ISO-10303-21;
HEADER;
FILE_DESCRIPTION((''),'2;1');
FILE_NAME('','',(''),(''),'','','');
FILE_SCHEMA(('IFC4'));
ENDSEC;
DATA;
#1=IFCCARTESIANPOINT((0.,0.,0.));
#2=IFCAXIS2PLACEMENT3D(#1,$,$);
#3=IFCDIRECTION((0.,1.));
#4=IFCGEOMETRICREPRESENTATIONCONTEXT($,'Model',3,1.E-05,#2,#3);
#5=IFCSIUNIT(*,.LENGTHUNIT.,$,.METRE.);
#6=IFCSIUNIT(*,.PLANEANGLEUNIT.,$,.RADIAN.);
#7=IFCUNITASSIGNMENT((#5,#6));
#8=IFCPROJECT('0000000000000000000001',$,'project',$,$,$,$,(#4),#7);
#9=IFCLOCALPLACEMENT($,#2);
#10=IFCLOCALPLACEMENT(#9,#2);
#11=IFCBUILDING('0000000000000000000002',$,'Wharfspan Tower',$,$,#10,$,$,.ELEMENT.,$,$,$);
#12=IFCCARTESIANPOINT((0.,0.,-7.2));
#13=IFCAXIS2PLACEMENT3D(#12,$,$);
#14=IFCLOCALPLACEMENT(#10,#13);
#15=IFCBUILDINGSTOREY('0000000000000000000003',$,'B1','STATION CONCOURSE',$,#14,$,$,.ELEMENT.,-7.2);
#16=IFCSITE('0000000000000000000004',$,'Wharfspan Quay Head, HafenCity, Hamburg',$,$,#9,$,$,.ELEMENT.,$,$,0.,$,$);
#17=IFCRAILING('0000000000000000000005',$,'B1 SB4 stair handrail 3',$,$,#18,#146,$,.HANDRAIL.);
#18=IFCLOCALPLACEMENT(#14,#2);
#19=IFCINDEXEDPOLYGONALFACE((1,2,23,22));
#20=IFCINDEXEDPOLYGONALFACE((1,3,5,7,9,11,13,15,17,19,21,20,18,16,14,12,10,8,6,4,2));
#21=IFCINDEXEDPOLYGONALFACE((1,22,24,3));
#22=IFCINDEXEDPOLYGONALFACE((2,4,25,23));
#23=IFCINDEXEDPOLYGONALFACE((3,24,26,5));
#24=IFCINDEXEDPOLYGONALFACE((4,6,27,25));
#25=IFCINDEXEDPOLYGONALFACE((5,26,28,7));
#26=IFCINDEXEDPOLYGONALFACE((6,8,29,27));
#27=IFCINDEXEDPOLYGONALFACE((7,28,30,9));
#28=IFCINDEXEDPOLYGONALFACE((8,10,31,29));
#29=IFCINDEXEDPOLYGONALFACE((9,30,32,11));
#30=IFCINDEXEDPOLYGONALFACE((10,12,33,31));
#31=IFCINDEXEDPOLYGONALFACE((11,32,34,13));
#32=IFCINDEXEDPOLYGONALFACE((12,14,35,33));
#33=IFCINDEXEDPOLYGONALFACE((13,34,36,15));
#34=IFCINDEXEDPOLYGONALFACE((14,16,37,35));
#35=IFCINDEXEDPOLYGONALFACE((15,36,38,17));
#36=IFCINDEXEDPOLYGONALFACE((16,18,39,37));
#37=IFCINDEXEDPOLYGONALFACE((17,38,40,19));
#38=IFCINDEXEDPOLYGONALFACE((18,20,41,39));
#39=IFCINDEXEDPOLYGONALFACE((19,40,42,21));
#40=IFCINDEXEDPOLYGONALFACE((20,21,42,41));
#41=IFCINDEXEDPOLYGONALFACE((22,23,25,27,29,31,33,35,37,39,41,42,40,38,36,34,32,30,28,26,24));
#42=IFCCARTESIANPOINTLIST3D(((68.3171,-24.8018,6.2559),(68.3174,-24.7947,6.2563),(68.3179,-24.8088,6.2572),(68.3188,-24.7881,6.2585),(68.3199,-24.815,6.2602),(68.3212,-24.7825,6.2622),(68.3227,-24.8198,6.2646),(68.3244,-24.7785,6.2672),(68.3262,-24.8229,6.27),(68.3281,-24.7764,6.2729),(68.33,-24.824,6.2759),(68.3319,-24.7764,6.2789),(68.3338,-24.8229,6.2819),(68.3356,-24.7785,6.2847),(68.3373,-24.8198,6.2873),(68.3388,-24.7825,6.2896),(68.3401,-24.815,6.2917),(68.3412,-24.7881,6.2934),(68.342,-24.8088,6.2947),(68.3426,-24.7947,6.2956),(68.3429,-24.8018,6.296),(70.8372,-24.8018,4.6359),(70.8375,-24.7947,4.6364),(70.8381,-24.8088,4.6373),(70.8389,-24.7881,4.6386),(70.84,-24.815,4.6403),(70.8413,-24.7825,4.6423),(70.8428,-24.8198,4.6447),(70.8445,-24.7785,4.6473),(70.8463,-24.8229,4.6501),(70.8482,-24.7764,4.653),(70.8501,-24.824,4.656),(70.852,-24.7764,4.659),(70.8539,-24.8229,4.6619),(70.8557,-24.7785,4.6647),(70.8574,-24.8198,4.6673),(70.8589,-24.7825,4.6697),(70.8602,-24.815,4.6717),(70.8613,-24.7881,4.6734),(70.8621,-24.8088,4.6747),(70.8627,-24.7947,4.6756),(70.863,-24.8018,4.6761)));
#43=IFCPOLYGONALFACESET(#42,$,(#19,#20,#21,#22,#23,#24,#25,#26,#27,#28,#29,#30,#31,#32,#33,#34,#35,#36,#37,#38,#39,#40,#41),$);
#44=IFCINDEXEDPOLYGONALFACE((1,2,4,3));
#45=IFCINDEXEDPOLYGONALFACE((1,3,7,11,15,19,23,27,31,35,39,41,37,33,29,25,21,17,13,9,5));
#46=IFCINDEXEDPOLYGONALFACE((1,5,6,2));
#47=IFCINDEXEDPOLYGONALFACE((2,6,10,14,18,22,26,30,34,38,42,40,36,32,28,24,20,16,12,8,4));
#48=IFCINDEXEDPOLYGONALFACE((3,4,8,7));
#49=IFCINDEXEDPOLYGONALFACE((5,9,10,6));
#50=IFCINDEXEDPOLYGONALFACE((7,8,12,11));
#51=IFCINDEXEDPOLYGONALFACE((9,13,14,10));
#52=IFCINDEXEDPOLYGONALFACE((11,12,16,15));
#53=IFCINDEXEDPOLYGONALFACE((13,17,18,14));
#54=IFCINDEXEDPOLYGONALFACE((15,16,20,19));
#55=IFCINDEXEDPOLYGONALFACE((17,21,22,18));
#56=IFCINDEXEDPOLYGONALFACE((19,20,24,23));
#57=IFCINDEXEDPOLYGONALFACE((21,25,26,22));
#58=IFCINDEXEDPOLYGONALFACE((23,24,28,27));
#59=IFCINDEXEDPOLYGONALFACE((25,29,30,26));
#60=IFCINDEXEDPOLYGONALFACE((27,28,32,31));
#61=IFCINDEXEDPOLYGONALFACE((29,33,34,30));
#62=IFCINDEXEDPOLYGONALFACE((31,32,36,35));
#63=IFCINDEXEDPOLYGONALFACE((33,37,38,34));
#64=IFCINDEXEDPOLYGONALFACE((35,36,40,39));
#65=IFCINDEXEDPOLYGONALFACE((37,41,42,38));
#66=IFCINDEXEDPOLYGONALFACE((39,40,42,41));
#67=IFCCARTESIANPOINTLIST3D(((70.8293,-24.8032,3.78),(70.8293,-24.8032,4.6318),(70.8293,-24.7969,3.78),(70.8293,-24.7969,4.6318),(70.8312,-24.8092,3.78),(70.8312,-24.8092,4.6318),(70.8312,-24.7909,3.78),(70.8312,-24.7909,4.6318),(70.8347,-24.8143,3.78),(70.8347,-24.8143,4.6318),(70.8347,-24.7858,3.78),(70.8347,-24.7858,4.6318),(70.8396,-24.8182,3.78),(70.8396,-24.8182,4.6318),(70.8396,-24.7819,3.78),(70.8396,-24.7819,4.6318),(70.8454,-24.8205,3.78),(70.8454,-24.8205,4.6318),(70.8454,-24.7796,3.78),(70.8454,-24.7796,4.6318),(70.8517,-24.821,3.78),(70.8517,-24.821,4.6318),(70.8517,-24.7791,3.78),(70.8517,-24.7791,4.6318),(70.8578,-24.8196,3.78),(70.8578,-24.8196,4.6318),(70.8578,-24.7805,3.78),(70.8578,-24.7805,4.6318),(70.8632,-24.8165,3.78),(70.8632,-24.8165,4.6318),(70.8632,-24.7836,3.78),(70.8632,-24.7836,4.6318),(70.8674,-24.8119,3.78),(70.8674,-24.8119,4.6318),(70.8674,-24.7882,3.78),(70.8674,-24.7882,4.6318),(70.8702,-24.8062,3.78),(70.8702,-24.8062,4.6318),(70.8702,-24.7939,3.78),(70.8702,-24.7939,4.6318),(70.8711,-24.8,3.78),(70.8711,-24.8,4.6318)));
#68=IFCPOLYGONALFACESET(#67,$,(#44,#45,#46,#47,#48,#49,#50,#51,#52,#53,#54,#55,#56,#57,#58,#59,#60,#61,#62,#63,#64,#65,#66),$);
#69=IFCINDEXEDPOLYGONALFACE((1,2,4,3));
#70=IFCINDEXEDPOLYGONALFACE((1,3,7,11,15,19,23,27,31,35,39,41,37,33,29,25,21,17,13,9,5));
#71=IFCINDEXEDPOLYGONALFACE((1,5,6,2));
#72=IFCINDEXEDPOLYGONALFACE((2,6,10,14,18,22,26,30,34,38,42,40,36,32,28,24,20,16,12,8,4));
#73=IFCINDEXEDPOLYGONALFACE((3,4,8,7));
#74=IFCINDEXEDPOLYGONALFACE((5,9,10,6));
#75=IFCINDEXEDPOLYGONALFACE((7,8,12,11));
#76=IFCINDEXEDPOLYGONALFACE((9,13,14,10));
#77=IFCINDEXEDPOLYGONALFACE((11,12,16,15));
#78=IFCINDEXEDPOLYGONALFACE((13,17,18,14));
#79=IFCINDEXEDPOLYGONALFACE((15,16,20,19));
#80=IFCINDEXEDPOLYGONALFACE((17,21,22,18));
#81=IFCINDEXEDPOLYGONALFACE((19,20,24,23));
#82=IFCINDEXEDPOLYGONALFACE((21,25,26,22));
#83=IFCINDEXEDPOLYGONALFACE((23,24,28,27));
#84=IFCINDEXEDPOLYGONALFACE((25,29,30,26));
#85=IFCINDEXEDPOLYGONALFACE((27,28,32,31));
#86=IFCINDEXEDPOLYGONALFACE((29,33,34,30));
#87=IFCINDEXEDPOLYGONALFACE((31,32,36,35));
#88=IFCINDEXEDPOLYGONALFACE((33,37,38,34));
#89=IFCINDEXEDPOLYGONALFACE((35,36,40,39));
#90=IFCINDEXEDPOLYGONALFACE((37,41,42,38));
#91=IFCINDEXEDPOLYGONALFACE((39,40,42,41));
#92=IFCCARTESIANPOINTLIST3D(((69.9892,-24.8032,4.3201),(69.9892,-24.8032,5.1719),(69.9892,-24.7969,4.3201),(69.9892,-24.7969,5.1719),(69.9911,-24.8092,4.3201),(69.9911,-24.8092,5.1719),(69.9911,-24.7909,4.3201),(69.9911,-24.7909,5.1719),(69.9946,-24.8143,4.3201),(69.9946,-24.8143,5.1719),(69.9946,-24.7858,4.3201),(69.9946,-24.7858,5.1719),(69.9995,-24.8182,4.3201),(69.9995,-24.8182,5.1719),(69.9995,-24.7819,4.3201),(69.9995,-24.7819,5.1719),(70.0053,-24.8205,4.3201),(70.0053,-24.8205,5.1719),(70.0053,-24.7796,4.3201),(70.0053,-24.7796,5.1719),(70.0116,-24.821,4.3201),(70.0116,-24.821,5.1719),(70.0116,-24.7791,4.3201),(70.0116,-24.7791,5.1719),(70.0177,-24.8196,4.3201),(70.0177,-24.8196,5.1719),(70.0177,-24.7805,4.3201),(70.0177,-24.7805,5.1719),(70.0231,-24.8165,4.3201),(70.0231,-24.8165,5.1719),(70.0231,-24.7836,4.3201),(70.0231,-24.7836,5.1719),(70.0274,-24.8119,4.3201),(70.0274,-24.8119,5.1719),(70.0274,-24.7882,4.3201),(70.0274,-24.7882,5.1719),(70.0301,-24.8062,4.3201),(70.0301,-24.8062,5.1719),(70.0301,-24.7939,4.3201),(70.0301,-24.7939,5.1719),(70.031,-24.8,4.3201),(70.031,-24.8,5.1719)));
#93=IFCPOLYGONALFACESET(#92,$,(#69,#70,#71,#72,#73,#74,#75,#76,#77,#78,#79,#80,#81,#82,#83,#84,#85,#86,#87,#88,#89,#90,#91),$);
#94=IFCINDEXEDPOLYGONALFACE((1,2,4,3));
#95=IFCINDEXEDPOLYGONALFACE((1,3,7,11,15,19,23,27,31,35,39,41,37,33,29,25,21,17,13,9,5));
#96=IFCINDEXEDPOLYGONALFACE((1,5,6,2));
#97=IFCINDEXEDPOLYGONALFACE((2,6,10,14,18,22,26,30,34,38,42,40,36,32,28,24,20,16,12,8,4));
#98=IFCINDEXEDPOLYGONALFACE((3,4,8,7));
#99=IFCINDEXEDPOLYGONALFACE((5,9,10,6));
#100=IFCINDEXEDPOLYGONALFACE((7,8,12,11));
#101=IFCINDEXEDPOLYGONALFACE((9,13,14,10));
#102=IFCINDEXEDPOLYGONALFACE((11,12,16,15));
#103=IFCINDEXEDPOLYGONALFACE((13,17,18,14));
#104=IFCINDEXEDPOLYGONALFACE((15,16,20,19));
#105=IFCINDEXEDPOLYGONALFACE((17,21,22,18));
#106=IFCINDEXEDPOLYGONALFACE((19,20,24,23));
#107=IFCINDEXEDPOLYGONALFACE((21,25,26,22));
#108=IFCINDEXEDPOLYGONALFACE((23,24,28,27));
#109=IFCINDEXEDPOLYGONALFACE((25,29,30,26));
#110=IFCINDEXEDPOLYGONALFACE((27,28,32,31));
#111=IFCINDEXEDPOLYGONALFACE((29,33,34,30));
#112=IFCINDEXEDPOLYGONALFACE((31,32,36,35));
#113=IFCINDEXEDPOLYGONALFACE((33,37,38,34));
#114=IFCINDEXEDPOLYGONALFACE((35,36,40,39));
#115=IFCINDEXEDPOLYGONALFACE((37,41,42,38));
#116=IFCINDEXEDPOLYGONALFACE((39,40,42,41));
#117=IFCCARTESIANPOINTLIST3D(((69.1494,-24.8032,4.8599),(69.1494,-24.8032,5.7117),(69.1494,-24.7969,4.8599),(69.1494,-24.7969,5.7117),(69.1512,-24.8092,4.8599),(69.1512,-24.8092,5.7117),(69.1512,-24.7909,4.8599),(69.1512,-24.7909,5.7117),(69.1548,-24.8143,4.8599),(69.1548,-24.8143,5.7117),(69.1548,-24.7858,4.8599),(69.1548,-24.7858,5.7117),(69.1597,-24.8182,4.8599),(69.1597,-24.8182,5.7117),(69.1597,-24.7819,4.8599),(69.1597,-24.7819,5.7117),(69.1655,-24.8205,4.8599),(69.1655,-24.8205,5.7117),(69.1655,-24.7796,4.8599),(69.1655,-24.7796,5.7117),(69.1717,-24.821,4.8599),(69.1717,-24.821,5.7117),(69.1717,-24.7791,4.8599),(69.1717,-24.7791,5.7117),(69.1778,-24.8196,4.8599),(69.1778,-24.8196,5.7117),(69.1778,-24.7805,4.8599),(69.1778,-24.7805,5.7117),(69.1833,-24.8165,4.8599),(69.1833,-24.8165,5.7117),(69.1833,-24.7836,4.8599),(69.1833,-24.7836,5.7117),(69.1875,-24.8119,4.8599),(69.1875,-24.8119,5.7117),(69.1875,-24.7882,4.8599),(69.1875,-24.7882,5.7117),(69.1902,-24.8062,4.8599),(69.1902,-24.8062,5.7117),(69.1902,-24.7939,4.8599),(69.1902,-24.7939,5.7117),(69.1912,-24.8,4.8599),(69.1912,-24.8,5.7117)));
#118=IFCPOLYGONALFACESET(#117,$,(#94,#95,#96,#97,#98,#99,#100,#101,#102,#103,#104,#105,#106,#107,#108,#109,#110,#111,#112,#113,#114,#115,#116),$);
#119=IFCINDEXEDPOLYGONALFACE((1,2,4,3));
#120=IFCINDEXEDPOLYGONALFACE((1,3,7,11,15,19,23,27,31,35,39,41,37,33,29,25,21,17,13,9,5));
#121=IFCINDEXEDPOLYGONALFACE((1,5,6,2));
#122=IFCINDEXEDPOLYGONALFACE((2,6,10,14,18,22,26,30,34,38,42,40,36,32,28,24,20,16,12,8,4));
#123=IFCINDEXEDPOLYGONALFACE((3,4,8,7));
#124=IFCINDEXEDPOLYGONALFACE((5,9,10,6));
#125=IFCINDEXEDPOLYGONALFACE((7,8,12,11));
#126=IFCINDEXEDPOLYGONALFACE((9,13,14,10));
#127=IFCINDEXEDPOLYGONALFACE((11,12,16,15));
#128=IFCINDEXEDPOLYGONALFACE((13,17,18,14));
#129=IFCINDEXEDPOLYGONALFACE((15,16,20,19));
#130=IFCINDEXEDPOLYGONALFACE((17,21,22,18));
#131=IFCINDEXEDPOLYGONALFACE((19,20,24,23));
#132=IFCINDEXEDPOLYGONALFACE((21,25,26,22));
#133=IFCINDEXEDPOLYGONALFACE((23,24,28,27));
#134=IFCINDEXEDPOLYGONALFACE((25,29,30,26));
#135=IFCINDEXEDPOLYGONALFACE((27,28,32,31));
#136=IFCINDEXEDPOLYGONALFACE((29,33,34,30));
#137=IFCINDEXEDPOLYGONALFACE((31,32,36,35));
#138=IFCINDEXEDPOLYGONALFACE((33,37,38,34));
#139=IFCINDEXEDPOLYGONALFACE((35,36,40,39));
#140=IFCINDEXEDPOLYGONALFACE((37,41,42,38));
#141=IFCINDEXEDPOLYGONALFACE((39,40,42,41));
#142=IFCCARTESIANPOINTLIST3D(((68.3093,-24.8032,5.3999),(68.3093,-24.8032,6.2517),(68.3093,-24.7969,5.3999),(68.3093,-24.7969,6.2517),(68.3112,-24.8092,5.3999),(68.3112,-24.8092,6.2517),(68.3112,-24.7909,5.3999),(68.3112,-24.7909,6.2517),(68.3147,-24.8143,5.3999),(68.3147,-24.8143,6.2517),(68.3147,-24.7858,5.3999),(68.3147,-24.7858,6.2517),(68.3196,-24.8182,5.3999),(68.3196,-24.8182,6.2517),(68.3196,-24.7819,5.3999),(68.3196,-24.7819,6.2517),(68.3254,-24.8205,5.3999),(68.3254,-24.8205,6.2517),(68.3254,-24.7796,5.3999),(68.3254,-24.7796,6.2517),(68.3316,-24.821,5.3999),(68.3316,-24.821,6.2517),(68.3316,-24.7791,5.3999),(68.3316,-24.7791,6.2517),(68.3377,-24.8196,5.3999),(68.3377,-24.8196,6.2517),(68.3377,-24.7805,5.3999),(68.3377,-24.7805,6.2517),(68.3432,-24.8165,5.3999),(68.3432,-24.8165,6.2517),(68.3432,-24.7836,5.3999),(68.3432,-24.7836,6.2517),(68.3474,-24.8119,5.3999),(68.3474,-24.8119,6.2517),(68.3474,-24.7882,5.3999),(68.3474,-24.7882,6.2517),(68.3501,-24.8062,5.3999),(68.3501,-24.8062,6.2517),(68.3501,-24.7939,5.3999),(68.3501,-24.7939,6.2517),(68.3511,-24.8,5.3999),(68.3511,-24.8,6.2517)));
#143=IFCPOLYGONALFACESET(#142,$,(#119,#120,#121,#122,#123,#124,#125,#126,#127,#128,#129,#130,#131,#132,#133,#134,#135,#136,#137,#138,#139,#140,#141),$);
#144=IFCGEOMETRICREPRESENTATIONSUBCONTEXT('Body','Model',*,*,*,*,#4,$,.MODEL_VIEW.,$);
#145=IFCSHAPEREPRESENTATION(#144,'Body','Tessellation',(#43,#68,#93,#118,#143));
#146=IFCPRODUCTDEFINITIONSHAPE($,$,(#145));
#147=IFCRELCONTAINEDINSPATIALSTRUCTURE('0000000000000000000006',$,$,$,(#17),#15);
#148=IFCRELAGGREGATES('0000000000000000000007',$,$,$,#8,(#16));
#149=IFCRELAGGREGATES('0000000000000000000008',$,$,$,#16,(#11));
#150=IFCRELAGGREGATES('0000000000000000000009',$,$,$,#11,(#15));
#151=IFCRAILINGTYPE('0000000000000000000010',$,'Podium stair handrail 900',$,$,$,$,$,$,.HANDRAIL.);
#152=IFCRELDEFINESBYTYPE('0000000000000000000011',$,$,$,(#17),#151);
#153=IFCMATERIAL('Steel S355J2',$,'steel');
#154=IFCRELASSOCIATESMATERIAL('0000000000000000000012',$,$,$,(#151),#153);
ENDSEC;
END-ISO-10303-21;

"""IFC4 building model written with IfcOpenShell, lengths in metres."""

from ifc_helpers import new_model, si_unit, direction, frame, origin, origin_2d, place, context, subcontext, project, spatial, circle, extrude, material, type_object, element, save


model = new_model("IFC4")

# Units and contexts
model_context = context("Model", 3, precision=1e-05, world=origin(), true_north=direction((0.0, 1.0)))
body_context = subcontext(model_context, "Body", "Model", "MODEL_VIEW")
ifc_project = project(units=[si_unit("LENGTHUNIT", "METRE"), si_unit("PLANEANGLEUNIT", "RADIAN")], contexts=[model_context])

# Site, building, storey
site_placement = place(None, origin())
site = spatial("IfcSite", under=ifc_project, at=site_placement, Name="Wharfspan Quay Head, HafenCity, Hamburg", CompositionType="ELEMENT", RefElevation=0.0)
building_placement = place(site_placement, origin())
building = spatial("IfcBuilding", under=site, at=building_placement, Name="Wharfspan Tower", CompositionType="ELEMENT")
storey_placement = place(building_placement, frame((0.0, 0.0, -7.2)))
storey = spatial("IfcBuildingStorey", under=building, at=storey_placement, Name="B1", Description="STATION CONCOURSE", CompositionType="ELEMENT", Elevation=-7.2)

# Railing
ifc_material_1 = material(Name="Steel S355J2", Category="steel")
railing_type_1 = type_object("IfcRailingType", Name="Podium stair handrail 900", PredefinedType="HANDRAIL", material=ifc_material_1)
railing_1_placement = place(storey_placement, frame((70.8501, -24.8, 3.78)))
element("IfcRailing", 1, at=railing_1_placement, inside=storey, type_object=railing_type_1, Name="B1 SB4 stair handrail 3", PredefinedType="HANDRAIL", context=body_context, shape_type="SweptSolid", body=[
    extrude(circle(Radius=0.0239, at=origin_2d()), frame((0.0, 0.0, 0.876), z_axis=(-0.8412, 0.0, 0.540725), x_axis=(0.0, -1.0, 0.0)), (0.0, 0.0, 1.0), 2.9958),
    extrude(circle(Radius=0.021, at=origin_2d()), origin(), (0.0, 0.0, 1.0), 0.8518),
    extrude(circle(Radius=0.021, at=origin_2d()), frame((-0.8401, 0.0, 0.54)), (0.0, 0.0, 1.0), 0.8518),
    extrude(circle(Radius=0.021, at=origin_2d()), frame((-1.6799, 0.0, 1.0798)), (0.0, 0.0, 1.0), 0.8518),
    extrude(circle(Radius=0.021, at=origin_2d()), frame((-2.52, 0.0, 1.6199)), (0.0, 0.0, 1.0), 0.8518),
])

save(model, "model.ifc")
